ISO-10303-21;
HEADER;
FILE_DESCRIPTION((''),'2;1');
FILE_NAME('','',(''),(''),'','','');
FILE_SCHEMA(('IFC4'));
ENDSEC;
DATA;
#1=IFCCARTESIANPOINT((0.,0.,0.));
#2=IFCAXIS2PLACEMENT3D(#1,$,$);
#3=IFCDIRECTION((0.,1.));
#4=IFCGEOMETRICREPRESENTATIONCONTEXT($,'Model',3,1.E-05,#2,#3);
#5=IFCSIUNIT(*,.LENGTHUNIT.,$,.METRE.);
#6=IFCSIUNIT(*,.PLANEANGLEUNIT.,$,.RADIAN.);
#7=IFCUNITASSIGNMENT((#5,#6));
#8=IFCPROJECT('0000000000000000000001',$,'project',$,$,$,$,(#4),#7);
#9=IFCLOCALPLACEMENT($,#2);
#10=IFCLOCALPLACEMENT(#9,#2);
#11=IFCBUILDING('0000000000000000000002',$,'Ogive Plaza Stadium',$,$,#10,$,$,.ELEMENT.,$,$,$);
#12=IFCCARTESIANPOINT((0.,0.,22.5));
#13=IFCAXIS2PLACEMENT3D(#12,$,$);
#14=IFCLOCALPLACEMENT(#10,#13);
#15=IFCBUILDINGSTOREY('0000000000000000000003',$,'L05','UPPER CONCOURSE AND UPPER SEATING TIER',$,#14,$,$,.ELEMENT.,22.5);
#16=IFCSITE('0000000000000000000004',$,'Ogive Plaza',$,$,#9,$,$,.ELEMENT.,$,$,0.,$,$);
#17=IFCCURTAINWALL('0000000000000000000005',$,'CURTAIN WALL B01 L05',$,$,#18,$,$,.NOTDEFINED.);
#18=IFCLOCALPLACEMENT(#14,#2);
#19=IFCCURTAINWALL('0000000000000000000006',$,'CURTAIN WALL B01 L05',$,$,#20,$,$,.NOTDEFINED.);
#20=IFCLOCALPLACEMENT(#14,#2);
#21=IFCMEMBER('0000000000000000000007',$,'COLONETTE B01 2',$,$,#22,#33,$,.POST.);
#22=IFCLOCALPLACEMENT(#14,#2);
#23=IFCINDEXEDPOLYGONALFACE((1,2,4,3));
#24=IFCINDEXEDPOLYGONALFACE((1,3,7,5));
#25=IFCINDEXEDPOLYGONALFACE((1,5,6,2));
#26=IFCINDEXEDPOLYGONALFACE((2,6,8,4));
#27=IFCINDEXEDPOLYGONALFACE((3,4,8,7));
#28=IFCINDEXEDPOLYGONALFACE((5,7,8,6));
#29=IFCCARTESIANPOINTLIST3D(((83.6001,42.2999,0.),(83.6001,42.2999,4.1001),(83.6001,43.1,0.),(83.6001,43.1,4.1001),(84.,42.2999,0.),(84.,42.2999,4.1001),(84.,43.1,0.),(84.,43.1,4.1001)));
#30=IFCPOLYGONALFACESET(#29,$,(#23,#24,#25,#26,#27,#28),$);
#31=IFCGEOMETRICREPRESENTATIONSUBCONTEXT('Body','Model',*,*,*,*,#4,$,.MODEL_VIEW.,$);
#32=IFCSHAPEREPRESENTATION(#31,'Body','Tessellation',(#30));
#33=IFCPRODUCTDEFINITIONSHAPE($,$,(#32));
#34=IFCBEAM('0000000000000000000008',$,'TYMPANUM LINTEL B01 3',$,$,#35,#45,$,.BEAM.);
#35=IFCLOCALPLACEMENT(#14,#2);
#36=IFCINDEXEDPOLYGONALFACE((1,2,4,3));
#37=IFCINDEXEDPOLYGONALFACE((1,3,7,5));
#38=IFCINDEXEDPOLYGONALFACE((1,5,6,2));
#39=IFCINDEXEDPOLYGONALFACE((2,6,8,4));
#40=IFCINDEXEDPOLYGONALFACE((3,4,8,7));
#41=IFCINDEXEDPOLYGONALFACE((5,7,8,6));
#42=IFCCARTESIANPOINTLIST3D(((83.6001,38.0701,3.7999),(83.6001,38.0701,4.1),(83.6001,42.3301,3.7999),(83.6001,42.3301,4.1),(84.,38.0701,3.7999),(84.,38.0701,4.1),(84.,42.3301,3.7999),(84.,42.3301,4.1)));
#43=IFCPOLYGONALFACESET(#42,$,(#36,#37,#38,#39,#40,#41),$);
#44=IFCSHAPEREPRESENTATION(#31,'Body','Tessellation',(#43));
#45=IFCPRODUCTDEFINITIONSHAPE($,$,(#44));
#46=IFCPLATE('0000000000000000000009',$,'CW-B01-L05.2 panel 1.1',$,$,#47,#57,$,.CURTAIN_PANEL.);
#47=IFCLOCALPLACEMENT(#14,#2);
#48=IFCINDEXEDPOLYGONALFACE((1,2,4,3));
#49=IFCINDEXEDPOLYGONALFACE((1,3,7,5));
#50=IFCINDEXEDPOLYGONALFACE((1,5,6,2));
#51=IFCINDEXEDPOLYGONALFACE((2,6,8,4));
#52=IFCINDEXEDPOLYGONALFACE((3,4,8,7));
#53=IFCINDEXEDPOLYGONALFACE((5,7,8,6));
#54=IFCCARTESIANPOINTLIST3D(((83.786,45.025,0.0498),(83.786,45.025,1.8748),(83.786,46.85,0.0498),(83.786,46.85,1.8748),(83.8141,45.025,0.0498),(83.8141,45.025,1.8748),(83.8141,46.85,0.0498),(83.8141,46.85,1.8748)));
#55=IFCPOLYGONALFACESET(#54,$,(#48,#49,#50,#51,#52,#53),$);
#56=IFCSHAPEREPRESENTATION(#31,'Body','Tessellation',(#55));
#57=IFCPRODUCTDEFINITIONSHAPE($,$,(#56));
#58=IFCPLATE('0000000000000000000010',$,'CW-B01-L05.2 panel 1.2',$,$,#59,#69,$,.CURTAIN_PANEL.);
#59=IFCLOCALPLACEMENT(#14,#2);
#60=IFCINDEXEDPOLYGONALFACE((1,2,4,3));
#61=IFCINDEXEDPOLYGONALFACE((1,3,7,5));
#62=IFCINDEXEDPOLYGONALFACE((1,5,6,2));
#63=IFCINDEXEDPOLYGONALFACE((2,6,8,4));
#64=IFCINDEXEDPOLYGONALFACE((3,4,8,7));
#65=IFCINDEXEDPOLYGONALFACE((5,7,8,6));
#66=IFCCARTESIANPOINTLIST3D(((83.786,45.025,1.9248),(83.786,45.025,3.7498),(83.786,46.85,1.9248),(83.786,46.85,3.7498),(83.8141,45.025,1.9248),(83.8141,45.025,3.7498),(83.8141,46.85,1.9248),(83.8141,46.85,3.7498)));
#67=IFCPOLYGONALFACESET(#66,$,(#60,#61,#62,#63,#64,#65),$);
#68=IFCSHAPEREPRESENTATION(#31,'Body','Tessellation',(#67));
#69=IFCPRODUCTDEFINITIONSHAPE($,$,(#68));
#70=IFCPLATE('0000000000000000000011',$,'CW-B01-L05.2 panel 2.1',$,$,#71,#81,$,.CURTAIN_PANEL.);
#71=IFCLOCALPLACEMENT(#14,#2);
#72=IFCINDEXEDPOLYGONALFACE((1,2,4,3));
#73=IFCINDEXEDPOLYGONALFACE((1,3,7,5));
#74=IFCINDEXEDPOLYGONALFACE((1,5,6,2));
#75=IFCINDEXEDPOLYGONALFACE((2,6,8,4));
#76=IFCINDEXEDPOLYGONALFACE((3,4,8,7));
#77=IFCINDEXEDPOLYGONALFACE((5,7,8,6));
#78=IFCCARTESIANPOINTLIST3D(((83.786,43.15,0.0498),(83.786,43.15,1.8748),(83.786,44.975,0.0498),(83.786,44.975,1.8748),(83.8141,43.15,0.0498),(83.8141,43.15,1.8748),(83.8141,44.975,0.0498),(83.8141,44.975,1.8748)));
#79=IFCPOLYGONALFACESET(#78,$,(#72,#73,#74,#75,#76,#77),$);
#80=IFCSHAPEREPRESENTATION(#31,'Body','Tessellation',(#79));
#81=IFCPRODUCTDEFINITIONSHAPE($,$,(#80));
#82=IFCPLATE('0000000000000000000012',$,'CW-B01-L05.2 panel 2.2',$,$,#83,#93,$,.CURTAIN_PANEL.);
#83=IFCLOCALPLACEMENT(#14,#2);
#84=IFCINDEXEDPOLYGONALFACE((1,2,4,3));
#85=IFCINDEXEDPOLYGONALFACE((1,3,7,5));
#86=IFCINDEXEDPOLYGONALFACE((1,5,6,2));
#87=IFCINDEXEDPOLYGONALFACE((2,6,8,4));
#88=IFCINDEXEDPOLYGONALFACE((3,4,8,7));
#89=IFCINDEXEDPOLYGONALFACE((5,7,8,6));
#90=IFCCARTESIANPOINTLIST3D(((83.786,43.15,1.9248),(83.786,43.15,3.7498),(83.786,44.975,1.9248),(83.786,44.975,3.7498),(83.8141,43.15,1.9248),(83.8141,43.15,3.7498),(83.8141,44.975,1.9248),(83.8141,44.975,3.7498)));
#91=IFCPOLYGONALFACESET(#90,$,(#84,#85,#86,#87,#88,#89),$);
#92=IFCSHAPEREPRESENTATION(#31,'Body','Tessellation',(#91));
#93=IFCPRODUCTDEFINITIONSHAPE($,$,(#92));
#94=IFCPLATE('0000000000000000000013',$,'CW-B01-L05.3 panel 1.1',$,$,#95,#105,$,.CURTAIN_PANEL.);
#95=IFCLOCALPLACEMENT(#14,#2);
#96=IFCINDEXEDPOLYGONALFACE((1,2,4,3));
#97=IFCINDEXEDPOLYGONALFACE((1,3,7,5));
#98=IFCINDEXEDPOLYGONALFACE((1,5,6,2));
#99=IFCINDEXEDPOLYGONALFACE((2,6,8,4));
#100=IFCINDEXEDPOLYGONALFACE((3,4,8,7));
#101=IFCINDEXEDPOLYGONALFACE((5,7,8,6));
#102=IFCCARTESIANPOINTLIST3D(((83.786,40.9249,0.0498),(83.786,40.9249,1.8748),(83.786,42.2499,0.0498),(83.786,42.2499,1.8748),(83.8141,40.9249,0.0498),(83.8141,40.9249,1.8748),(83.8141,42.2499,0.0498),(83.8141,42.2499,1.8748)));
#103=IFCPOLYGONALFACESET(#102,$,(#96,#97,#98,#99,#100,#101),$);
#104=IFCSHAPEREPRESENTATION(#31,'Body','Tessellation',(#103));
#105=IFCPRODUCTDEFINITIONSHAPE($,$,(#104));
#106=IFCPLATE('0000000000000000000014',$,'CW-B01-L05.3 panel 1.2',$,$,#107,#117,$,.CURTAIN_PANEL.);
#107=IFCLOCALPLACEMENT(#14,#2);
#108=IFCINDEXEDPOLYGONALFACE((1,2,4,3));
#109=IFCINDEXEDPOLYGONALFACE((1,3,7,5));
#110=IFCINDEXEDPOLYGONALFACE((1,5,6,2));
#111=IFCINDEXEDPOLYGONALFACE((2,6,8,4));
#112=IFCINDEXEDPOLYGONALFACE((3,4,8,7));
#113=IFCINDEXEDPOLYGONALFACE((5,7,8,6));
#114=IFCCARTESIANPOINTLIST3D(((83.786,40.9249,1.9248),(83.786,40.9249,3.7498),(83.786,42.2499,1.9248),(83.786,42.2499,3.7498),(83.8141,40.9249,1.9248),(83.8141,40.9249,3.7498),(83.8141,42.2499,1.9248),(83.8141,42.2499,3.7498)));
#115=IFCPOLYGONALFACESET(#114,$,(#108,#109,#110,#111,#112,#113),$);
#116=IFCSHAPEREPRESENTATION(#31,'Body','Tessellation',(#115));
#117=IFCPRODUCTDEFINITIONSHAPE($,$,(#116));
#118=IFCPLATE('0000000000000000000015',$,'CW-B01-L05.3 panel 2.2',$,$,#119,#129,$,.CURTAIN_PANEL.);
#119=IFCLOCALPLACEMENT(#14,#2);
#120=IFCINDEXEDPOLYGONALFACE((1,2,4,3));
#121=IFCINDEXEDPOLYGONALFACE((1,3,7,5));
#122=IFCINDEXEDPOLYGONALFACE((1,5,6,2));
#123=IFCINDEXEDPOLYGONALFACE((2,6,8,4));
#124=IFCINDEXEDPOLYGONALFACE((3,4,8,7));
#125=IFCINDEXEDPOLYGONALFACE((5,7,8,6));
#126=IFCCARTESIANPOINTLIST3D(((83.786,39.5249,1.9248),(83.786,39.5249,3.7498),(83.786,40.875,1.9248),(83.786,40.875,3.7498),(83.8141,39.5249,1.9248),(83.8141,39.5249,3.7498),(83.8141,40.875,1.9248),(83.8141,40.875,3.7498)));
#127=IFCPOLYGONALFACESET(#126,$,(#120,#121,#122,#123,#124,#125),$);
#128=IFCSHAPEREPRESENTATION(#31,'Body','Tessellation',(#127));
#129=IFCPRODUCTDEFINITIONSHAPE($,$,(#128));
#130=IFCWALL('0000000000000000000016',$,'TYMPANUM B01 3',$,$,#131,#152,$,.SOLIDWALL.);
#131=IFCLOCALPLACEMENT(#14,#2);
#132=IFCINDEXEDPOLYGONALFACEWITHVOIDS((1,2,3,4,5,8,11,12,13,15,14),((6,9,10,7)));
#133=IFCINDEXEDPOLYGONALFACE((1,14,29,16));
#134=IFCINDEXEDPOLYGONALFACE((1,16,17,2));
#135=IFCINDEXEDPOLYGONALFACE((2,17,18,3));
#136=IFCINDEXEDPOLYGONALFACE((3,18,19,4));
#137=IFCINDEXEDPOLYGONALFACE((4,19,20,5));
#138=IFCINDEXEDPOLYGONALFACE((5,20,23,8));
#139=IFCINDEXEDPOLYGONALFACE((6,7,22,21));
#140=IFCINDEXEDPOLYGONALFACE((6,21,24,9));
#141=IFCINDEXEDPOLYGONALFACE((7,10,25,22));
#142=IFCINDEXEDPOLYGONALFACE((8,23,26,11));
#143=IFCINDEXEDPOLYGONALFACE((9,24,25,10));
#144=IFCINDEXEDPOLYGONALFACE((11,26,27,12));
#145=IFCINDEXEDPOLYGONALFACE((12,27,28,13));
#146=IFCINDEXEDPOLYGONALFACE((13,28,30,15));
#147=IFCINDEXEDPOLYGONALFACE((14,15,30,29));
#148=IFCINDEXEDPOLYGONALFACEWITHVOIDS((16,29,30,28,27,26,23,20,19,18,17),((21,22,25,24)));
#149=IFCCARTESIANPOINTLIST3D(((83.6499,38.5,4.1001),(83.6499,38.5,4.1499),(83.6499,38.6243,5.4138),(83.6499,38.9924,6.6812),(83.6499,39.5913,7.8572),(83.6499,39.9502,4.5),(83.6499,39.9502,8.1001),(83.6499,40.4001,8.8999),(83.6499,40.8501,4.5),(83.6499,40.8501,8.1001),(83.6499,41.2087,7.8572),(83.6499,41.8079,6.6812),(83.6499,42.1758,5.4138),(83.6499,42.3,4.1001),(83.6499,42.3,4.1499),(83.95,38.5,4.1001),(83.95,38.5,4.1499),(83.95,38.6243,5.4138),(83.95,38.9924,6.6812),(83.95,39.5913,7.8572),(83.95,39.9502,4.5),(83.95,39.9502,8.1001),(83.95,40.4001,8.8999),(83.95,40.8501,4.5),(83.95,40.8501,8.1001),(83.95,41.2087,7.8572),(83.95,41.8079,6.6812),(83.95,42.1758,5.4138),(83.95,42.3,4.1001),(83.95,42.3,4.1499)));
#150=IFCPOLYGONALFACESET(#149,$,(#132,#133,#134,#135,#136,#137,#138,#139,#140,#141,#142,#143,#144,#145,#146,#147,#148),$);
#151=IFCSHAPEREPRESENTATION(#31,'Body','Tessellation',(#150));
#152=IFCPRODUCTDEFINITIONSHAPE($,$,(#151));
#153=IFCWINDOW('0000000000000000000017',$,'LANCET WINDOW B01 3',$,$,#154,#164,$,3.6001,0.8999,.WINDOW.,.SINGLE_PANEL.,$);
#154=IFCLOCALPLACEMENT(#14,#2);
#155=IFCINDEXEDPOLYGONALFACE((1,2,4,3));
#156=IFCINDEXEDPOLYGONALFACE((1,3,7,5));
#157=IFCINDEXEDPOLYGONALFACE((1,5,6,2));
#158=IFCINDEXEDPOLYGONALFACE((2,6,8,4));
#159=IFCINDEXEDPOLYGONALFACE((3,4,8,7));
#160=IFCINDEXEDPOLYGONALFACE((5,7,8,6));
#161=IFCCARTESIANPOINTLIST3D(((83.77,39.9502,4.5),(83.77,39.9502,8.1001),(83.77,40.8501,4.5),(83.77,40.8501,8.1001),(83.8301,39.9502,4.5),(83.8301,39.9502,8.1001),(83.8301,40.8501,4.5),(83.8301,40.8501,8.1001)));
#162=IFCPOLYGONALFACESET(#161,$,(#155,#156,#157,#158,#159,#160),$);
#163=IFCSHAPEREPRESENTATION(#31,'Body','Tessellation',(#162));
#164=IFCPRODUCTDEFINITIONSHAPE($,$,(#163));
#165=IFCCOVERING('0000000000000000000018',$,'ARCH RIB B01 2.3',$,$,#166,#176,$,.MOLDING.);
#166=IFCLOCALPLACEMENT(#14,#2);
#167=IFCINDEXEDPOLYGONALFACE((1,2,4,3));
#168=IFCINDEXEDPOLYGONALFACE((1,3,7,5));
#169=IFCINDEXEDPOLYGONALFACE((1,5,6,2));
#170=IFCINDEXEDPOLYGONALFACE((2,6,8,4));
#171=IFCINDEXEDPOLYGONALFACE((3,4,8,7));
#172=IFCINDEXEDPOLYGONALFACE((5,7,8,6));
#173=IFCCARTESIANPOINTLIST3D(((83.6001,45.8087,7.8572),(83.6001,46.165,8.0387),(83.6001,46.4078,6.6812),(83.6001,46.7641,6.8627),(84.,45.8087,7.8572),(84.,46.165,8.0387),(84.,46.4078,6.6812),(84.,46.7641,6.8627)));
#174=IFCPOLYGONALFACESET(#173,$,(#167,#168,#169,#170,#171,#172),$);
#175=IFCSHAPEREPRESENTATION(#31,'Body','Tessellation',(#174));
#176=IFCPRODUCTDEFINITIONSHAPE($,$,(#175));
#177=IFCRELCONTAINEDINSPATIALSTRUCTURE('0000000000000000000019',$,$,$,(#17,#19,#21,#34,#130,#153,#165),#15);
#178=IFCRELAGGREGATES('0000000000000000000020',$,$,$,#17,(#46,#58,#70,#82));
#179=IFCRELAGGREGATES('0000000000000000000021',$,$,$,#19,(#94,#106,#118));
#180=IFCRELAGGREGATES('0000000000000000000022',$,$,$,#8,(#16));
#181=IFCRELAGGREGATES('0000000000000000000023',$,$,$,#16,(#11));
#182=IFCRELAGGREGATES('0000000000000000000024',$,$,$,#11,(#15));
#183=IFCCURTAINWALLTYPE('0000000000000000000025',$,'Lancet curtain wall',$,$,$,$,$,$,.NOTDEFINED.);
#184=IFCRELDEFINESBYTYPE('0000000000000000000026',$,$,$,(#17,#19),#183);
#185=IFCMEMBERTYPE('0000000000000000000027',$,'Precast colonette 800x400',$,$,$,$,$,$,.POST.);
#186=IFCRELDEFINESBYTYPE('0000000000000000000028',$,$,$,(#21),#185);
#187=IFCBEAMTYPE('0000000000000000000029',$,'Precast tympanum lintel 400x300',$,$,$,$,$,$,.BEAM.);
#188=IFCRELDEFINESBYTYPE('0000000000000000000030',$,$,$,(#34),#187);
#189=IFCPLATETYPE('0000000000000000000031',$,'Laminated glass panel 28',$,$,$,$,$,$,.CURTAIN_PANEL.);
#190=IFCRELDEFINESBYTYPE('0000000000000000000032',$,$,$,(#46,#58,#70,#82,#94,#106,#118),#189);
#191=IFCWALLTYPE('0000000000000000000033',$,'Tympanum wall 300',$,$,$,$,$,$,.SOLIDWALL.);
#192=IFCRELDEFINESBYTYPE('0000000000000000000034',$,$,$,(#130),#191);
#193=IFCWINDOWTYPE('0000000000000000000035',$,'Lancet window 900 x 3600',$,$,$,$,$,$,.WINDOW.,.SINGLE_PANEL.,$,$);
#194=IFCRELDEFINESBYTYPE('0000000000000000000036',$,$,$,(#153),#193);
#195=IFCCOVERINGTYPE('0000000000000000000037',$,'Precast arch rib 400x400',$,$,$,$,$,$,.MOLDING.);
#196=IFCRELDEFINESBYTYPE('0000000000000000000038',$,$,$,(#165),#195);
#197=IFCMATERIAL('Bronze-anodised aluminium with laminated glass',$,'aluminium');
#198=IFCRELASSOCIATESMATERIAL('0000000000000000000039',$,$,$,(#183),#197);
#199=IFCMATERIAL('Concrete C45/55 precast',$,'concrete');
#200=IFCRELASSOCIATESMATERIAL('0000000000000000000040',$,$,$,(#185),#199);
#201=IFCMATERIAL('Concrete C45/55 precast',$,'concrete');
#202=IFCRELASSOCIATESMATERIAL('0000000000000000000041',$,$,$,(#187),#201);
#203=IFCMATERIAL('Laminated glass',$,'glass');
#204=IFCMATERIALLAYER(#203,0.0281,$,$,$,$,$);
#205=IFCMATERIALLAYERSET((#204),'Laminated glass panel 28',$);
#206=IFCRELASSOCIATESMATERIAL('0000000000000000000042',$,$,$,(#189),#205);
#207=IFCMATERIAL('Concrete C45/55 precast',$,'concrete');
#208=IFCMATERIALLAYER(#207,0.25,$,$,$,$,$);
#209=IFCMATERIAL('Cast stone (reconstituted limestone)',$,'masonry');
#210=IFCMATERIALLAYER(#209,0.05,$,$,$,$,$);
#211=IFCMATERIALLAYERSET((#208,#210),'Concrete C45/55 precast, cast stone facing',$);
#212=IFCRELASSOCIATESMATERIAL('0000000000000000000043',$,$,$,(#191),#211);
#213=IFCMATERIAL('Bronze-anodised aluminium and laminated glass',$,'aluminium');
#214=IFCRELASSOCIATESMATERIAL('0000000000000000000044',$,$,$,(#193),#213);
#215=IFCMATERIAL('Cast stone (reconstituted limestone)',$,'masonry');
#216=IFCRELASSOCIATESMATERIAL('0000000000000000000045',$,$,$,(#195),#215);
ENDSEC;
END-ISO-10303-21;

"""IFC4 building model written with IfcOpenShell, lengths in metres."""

from ifc_helpers import new_model, si_unit, direction, frame, frame_2d, origin, origin_2d, place, context, subcontext, project, spatial, polyline, rectangle, outline, extrude, material, layer, layer_set, material_profile, profile_set, type_object, element, fill, aggregate, save


model = new_model("IFC4")

# Units and contexts
model_context = context("Model", 3, precision=1e-05, world=origin(), true_north=direction((0.0, 1.0)))
body_context = subcontext(model_context, "Body", "Model", "MODEL_VIEW")
ifc_project = project(units=[si_unit("LENGTHUNIT", "METRE"), si_unit("PLANEANGLEUNIT", "RADIAN")], contexts=[model_context])

# Site, building, storey
site_placement = place(None, origin())
site = spatial("IfcSite", under=ifc_project, at=site_placement, Name="Ogive Plaza", CompositionType="ELEMENT", RefElevation=0.0)
building_placement = place(site_placement, origin())
building = spatial("IfcBuilding", under=site, at=building_placement, Name="Ogive Plaza Stadium", CompositionType="ELEMENT")
storey_placement = place(building_placement, frame((0.0, 0.0, 22.5)))
storey = spatial("IfcBuildingStorey", under=building, at=storey_placement, Name="L05", Description="UPPER CONCOURSE AND UPPER SEATING TIER", CompositionType="ELEMENT", Elevation=22.5)

# Curtain walls
ifc_material_1 = material(Name="Bronze-anodised aluminium with laminated glass", Category="aluminium")
curtain_wall_type = type_object("IfcCurtainWallType", Name="Lancet curtain wall", PredefinedType="NOTDEFINED", material=ifc_material_1)
curtain_wall_1_placement = place(storey_placement, origin())
curtain_wall_1 = element("IfcCurtainWall", 1, at=curtain_wall_1_placement, inside=storey, type_object=curtain_wall_type, Name="CURTAIN WALL B01 L05", PredefinedType="NOTDEFINED")
curtain_wall_2_placement = place(storey_placement, origin())
curtain_wall_2 = element("IfcCurtainWall", 2, at=curtain_wall_2_placement, inside=storey, type_object=curtain_wall_type, Name="CURTAIN WALL B01 L05", PredefinedType="NOTDEFINED")

# Member
ifc_material_2 = material(Name="Concrete C45/55 precast", Category="concrete")
ifc_material_profile_1 = material_profile(ifc_material_2, rectangle(XDim=0.3999, YDim=0.8, at=origin_2d()), Name="RC 400x800")
ifc_profile_set_1 = profile_set([ifc_material_profile_1], Name="Concrete C45/55 precast")
member_type_1 = type_object("IfcMemberType", Name="Precast colonette 800x400", PredefinedType="POST", material=ifc_profile_set_1)
member_1_placement = place(storey_placement, frame((83.8, 42.7, 0.0), z_axis=(0.0, 0.0, 1.0), x_axis=(1.0, 0.0, 0.0)))
element("IfcMember", 3, at=member_1_placement, inside=storey, type_object=member_type_1, Name="COLONETTE B01 2", PredefinedType="POST", context=body_context, shape_type="SweptSolid", body=[
    extrude(rectangle(XDim=0.3999, YDim=0.8, at=origin_2d()), origin(), (0.0, 0.0, 1.0), 4.1001),
])

# Beam
ifc_material_3 = material(Name="Concrete C45/55 precast", Category="concrete")
ifc_material_profile_2 = material_profile(ifc_material_3, rectangle(XDim=0.3999, YDim=0.3, at=origin_2d()), Name="RC 400x300")
ifc_profile_set_2 = profile_set([ifc_material_profile_2], Name="Concrete C45/55 precast")
beam_type = type_object("IfcBeamType", Name="Precast tympanum lintel 400x300", PredefinedType="BEAM", material=ifc_profile_set_2)
beam_placement = place(storey_placement, frame((83.8, 42.3301, 3.95), z_axis=(0.0, -1.0, 0.0), x_axis=(1.0, 0.0, 0.0)))
element("IfcBeam", 4, at=beam_placement, inside=storey, type_object=beam_type, Name="TYMPANUM LINTEL B01 3", PredefinedType="BEAM", context=body_context, shape_type="SweptSolid", body=[
    extrude(rectangle(XDim=0.3999, YDim=0.3, at=origin_2d()), origin(), (0.0, 0.0, 1.0), 4.26),
])

# Plates
ifc_material_4 = material(Name="Laminated glass", Category="glass")
ifc_layer_1 = layer(ifc_material_4, 0.0281)
ifc_layer_set_1 = layer_set([ifc_layer_1], Name="Laminated glass panel 28")
plate_type = type_object("IfcPlateType", Name="Laminated glass panel 28", PredefinedType="CURTAIN_PANEL", material=ifc_layer_set_1)
plate_1_placement = place(storey_placement, frame((83.8, 45.9375, 0.0498), z_axis=(0.0, 0.0, 1.0), x_axis=(0.0, -1.0, 0.0)))
plate_1 = element("IfcPlate", 5, at=plate_1_placement, type_object=plate_type, Name="CW-B01-L05.2 panel 1.1", PredefinedType="CURTAIN_PANEL", context=body_context, shape_type="SweptSolid", body=[
    extrude(rectangle(XDim=1.825, YDim=0.0281, at=origin_2d()), origin(), (0.0, 0.0, 1.0), 1.825),
])
plate_2_placement = place(storey_placement, frame((83.8, 45.9375, 1.9248), z_axis=(0.0, 0.0, 1.0), x_axis=(0.0, -1.0, 0.0)))
plate_2 = element("IfcPlate", 6, at=plate_2_placement, type_object=plate_type, Name="CW-B01-L05.2 panel 1.2", PredefinedType="CURTAIN_PANEL", context=body_context, shape_type="SweptSolid", body=[
    extrude(rectangle(XDim=1.825, YDim=0.0281, at=origin_2d()), origin(), (0.0, 0.0, 1.0), 1.825),
])
plate_3_placement = place(storey_placement, frame((83.8, 44.0625, 0.0498), z_axis=(0.0, 0.0, 1.0), x_axis=(0.0, -1.0, 0.0)))
plate_3 = element("IfcPlate", 7, at=plate_3_placement, type_object=plate_type, Name="CW-B01-L05.2 panel 2.1", PredefinedType="CURTAIN_PANEL", context=body_context, shape_type="SweptSolid", body=[
    extrude(rectangle(XDim=1.825, YDim=0.0281, at=origin_2d()), origin(), (0.0, 0.0, 1.0), 1.825),
])
plate_4_placement = place(storey_placement, frame((83.8, 44.0625, 1.9248), z_axis=(0.0, 0.0, 1.0), x_axis=(0.0, -1.0, 0.0)))
plate_4 = element("IfcPlate", 8, at=plate_4_placement, type_object=plate_type, Name="CW-B01-L05.2 panel 2.2", PredefinedType="CURTAIN_PANEL", context=body_context, shape_type="SweptSolid", body=[
    extrude(rectangle(XDim=1.825, YDim=0.0281, at=origin_2d()), origin(), (0.0, 0.0, 1.0), 1.825),
])
aggregate(curtain_wall_1, [plate_1, plate_2, plate_3, plate_4])
plate_5_placement = place(storey_placement, frame((83.8, 41.5874, 0.0498), z_axis=(0.0, 0.0, 1.0), x_axis=(0.0, -1.0, 0.0)))
plate_5 = element("IfcPlate", 9, at=plate_5_placement, type_object=plate_type, Name="CW-B01-L05.3 panel 1.1", PredefinedType="CURTAIN_PANEL", context=body_context, shape_type="SweptSolid", body=[
    extrude(rectangle(XDim=1.325, YDim=0.0281, at=origin_2d()), origin(), (0.0, 0.0, 1.0), 1.825),
])
plate_6_placement = place(storey_placement, frame((83.8, 41.5874, 1.9248), z_axis=(0.0, 0.0, 1.0), x_axis=(0.0, -1.0, 0.0)))
plate_6 = element("IfcPlate", 10, at=plate_6_placement, type_object=plate_type, Name="CW-B01-L05.3 panel 1.2", PredefinedType="CURTAIN_PANEL", context=body_context, shape_type="SweptSolid", body=[
    extrude(rectangle(XDim=1.325, YDim=0.0281, at=origin_2d()), origin(), (0.0, 0.0, 1.0), 1.825),
])
plate_7_placement = place(storey_placement, frame((83.8, 40.2, 1.9248), z_axis=(0.0, 0.0, 1.0), x_axis=(0.0, -1.0, 0.0)))
plate_7 = element("IfcPlate", 11, at=plate_7_placement, type_object=plate_type, Name="CW-B01-L05.3 panel 2.2", PredefinedType="CURTAIN_PANEL", context=body_context, shape_type="SweptSolid", body=[
    extrude(rectangle(XDim=1.3501, YDim=0.0281, at=origin_2d()), origin(), (0.0, 0.0, 1.0), 1.825),
])
aggregate(curtain_wall_2, [plate_5, plate_6, plate_7])

# Wall, opening, window
ifc_material_5 = material(Name="Concrete C45/55 precast", Category="concrete")
ifc_layer_2 = layer(ifc_material_5, 0.25)
ifc_material_6 = material(Name="Cast stone (reconstituted limestone)", Category="masonry")
ifc_layer_3 = layer(ifc_material_6, 0.05)
ifc_layer_set_2 = layer_set([ifc_layer_2, ifc_layer_3], Name="Concrete C45/55 precast, cast stone facing")
wall_type = type_object("IfcWallType", Name="Tympanum wall 300", PredefinedType="SOLIDWALL", material=ifc_layer_set_2)
wall_placement = place(storey_placement, frame((83.8, 42.3, 4.1001), z_axis=(0.0, 0.0, 1.0), x_axis=(0.0, -1.0, 0.0)))
wall = element("IfcWall", 12, at=wall_placement, inside=storey, type_object=wall_type, Name="TYMPANUM B01 3", PredefinedType="SOLIDWALL", context=body_context, shape_type="SweptSolid", body=[
    extrude(outline(polyline([(0.0, 0.0), (3.8, 0.0), (3.8, 0.0498), (3.6758, 1.3137), (3.3076, 2.5811), (2.7087, 3.7571), (1.8999, 4.7998), (1.0913, 3.7571), (0.4922, 2.5811), (0.1243, 1.3137), (0.0, 0.0498), (0.0, 0.0)])), frame((0.0, 0.1499, 0.0), z_axis=(0.0, -1.0, 0.0), x_axis=(1.0, 0.0, 0.0)), (0.0, 0.0, 1.0), 0.3),
])
opening_placement = place(wall_placement, frame((1.45, 0.0, 0.3999)))
opening = element("IfcOpeningElement", 13, at=opening_placement, cuts=wall, PredefinedType="OPENING", context=body_context, shape_type="SweptSolid", body=[
    extrude(rectangle(XDim=0.8999, YDim=3.6001, at=frame_2d((0.45, 1.8))), frame((0.0, 0.1602, 0.0), z_axis=(0.0, -1.0, 0.0), x_axis=(1.0, 0.0, 0.0)), (0.0, 0.0, 1.0), 0.3201),
])
ifc_material_7 = material(Name="Bronze-anodised aluminium and laminated glass", Category="aluminium")
window_type = type_object("IfcWindowType", Name="Lancet window 900 x 3600", PartitioningType="SINGLE_PANEL", PredefinedType="WINDOW", material=ifc_material_7)
window_placement = place(opening_placement, origin())
window = element("IfcWindow", 14, at=window_placement, inside=storey, type_object=window_type, Name="LANCET WINDOW B01 3", OverallHeight=3.6001, OverallWidth=0.8999, PartitioningType="SINGLE_PANEL", PredefinedType="WINDOW", context=body_context, shape_type="SweptSolid", body=[
    extrude(rectangle(XDim=0.8999, YDim=3.6001, at=frame_2d((0.45, 1.8))), frame((0.0, 0.03, 0.0), z_axis=(0.0, -1.0, 0.0), x_axis=(1.0, 0.0, 0.0)), (0.0, 0.0, 1.0), 0.0601),
])
fill(opening, window)

# Covering
ifc_material_8 = material(Name="Cast stone (reconstituted limestone)", Category="masonry")
ifc_material_profile_3 = material_profile(ifc_material_8, rectangle(XDim=0.3999, YDim=0.3999, at=origin_2d()), Name="Cast stone 400x400")
ifc_profile_set_3 = profile_set([ifc_material_profile_3], Name="Cast stone (reconstituted limestone)")
covering_type = type_object("IfcCoveringType", Name="Precast arch rib 400x400", PredefinedType="MOLDING", material=ifc_profile_set_3)
covering_1_placement = place(storey_placement, frame((83.8, 46.5859, 6.772), z_axis=(0.0, -0.453934, 0.891035), x_axis=(1.0, 0.0, 0.0)))
element("IfcCovering", 15, at=covering_1_placement, inside=storey, type_object=covering_type, Name="ARCH RIB B01 2.3", PredefinedType="MOLDING", context=body_context, shape_type="SweptSolid", body=[
    extrude(rectangle(XDim=0.3999, YDim=0.3999, at=origin_2d()), origin(), (0.0, 0.0, 1.0), 1.3198),
])

save(model, "model.ifc")
